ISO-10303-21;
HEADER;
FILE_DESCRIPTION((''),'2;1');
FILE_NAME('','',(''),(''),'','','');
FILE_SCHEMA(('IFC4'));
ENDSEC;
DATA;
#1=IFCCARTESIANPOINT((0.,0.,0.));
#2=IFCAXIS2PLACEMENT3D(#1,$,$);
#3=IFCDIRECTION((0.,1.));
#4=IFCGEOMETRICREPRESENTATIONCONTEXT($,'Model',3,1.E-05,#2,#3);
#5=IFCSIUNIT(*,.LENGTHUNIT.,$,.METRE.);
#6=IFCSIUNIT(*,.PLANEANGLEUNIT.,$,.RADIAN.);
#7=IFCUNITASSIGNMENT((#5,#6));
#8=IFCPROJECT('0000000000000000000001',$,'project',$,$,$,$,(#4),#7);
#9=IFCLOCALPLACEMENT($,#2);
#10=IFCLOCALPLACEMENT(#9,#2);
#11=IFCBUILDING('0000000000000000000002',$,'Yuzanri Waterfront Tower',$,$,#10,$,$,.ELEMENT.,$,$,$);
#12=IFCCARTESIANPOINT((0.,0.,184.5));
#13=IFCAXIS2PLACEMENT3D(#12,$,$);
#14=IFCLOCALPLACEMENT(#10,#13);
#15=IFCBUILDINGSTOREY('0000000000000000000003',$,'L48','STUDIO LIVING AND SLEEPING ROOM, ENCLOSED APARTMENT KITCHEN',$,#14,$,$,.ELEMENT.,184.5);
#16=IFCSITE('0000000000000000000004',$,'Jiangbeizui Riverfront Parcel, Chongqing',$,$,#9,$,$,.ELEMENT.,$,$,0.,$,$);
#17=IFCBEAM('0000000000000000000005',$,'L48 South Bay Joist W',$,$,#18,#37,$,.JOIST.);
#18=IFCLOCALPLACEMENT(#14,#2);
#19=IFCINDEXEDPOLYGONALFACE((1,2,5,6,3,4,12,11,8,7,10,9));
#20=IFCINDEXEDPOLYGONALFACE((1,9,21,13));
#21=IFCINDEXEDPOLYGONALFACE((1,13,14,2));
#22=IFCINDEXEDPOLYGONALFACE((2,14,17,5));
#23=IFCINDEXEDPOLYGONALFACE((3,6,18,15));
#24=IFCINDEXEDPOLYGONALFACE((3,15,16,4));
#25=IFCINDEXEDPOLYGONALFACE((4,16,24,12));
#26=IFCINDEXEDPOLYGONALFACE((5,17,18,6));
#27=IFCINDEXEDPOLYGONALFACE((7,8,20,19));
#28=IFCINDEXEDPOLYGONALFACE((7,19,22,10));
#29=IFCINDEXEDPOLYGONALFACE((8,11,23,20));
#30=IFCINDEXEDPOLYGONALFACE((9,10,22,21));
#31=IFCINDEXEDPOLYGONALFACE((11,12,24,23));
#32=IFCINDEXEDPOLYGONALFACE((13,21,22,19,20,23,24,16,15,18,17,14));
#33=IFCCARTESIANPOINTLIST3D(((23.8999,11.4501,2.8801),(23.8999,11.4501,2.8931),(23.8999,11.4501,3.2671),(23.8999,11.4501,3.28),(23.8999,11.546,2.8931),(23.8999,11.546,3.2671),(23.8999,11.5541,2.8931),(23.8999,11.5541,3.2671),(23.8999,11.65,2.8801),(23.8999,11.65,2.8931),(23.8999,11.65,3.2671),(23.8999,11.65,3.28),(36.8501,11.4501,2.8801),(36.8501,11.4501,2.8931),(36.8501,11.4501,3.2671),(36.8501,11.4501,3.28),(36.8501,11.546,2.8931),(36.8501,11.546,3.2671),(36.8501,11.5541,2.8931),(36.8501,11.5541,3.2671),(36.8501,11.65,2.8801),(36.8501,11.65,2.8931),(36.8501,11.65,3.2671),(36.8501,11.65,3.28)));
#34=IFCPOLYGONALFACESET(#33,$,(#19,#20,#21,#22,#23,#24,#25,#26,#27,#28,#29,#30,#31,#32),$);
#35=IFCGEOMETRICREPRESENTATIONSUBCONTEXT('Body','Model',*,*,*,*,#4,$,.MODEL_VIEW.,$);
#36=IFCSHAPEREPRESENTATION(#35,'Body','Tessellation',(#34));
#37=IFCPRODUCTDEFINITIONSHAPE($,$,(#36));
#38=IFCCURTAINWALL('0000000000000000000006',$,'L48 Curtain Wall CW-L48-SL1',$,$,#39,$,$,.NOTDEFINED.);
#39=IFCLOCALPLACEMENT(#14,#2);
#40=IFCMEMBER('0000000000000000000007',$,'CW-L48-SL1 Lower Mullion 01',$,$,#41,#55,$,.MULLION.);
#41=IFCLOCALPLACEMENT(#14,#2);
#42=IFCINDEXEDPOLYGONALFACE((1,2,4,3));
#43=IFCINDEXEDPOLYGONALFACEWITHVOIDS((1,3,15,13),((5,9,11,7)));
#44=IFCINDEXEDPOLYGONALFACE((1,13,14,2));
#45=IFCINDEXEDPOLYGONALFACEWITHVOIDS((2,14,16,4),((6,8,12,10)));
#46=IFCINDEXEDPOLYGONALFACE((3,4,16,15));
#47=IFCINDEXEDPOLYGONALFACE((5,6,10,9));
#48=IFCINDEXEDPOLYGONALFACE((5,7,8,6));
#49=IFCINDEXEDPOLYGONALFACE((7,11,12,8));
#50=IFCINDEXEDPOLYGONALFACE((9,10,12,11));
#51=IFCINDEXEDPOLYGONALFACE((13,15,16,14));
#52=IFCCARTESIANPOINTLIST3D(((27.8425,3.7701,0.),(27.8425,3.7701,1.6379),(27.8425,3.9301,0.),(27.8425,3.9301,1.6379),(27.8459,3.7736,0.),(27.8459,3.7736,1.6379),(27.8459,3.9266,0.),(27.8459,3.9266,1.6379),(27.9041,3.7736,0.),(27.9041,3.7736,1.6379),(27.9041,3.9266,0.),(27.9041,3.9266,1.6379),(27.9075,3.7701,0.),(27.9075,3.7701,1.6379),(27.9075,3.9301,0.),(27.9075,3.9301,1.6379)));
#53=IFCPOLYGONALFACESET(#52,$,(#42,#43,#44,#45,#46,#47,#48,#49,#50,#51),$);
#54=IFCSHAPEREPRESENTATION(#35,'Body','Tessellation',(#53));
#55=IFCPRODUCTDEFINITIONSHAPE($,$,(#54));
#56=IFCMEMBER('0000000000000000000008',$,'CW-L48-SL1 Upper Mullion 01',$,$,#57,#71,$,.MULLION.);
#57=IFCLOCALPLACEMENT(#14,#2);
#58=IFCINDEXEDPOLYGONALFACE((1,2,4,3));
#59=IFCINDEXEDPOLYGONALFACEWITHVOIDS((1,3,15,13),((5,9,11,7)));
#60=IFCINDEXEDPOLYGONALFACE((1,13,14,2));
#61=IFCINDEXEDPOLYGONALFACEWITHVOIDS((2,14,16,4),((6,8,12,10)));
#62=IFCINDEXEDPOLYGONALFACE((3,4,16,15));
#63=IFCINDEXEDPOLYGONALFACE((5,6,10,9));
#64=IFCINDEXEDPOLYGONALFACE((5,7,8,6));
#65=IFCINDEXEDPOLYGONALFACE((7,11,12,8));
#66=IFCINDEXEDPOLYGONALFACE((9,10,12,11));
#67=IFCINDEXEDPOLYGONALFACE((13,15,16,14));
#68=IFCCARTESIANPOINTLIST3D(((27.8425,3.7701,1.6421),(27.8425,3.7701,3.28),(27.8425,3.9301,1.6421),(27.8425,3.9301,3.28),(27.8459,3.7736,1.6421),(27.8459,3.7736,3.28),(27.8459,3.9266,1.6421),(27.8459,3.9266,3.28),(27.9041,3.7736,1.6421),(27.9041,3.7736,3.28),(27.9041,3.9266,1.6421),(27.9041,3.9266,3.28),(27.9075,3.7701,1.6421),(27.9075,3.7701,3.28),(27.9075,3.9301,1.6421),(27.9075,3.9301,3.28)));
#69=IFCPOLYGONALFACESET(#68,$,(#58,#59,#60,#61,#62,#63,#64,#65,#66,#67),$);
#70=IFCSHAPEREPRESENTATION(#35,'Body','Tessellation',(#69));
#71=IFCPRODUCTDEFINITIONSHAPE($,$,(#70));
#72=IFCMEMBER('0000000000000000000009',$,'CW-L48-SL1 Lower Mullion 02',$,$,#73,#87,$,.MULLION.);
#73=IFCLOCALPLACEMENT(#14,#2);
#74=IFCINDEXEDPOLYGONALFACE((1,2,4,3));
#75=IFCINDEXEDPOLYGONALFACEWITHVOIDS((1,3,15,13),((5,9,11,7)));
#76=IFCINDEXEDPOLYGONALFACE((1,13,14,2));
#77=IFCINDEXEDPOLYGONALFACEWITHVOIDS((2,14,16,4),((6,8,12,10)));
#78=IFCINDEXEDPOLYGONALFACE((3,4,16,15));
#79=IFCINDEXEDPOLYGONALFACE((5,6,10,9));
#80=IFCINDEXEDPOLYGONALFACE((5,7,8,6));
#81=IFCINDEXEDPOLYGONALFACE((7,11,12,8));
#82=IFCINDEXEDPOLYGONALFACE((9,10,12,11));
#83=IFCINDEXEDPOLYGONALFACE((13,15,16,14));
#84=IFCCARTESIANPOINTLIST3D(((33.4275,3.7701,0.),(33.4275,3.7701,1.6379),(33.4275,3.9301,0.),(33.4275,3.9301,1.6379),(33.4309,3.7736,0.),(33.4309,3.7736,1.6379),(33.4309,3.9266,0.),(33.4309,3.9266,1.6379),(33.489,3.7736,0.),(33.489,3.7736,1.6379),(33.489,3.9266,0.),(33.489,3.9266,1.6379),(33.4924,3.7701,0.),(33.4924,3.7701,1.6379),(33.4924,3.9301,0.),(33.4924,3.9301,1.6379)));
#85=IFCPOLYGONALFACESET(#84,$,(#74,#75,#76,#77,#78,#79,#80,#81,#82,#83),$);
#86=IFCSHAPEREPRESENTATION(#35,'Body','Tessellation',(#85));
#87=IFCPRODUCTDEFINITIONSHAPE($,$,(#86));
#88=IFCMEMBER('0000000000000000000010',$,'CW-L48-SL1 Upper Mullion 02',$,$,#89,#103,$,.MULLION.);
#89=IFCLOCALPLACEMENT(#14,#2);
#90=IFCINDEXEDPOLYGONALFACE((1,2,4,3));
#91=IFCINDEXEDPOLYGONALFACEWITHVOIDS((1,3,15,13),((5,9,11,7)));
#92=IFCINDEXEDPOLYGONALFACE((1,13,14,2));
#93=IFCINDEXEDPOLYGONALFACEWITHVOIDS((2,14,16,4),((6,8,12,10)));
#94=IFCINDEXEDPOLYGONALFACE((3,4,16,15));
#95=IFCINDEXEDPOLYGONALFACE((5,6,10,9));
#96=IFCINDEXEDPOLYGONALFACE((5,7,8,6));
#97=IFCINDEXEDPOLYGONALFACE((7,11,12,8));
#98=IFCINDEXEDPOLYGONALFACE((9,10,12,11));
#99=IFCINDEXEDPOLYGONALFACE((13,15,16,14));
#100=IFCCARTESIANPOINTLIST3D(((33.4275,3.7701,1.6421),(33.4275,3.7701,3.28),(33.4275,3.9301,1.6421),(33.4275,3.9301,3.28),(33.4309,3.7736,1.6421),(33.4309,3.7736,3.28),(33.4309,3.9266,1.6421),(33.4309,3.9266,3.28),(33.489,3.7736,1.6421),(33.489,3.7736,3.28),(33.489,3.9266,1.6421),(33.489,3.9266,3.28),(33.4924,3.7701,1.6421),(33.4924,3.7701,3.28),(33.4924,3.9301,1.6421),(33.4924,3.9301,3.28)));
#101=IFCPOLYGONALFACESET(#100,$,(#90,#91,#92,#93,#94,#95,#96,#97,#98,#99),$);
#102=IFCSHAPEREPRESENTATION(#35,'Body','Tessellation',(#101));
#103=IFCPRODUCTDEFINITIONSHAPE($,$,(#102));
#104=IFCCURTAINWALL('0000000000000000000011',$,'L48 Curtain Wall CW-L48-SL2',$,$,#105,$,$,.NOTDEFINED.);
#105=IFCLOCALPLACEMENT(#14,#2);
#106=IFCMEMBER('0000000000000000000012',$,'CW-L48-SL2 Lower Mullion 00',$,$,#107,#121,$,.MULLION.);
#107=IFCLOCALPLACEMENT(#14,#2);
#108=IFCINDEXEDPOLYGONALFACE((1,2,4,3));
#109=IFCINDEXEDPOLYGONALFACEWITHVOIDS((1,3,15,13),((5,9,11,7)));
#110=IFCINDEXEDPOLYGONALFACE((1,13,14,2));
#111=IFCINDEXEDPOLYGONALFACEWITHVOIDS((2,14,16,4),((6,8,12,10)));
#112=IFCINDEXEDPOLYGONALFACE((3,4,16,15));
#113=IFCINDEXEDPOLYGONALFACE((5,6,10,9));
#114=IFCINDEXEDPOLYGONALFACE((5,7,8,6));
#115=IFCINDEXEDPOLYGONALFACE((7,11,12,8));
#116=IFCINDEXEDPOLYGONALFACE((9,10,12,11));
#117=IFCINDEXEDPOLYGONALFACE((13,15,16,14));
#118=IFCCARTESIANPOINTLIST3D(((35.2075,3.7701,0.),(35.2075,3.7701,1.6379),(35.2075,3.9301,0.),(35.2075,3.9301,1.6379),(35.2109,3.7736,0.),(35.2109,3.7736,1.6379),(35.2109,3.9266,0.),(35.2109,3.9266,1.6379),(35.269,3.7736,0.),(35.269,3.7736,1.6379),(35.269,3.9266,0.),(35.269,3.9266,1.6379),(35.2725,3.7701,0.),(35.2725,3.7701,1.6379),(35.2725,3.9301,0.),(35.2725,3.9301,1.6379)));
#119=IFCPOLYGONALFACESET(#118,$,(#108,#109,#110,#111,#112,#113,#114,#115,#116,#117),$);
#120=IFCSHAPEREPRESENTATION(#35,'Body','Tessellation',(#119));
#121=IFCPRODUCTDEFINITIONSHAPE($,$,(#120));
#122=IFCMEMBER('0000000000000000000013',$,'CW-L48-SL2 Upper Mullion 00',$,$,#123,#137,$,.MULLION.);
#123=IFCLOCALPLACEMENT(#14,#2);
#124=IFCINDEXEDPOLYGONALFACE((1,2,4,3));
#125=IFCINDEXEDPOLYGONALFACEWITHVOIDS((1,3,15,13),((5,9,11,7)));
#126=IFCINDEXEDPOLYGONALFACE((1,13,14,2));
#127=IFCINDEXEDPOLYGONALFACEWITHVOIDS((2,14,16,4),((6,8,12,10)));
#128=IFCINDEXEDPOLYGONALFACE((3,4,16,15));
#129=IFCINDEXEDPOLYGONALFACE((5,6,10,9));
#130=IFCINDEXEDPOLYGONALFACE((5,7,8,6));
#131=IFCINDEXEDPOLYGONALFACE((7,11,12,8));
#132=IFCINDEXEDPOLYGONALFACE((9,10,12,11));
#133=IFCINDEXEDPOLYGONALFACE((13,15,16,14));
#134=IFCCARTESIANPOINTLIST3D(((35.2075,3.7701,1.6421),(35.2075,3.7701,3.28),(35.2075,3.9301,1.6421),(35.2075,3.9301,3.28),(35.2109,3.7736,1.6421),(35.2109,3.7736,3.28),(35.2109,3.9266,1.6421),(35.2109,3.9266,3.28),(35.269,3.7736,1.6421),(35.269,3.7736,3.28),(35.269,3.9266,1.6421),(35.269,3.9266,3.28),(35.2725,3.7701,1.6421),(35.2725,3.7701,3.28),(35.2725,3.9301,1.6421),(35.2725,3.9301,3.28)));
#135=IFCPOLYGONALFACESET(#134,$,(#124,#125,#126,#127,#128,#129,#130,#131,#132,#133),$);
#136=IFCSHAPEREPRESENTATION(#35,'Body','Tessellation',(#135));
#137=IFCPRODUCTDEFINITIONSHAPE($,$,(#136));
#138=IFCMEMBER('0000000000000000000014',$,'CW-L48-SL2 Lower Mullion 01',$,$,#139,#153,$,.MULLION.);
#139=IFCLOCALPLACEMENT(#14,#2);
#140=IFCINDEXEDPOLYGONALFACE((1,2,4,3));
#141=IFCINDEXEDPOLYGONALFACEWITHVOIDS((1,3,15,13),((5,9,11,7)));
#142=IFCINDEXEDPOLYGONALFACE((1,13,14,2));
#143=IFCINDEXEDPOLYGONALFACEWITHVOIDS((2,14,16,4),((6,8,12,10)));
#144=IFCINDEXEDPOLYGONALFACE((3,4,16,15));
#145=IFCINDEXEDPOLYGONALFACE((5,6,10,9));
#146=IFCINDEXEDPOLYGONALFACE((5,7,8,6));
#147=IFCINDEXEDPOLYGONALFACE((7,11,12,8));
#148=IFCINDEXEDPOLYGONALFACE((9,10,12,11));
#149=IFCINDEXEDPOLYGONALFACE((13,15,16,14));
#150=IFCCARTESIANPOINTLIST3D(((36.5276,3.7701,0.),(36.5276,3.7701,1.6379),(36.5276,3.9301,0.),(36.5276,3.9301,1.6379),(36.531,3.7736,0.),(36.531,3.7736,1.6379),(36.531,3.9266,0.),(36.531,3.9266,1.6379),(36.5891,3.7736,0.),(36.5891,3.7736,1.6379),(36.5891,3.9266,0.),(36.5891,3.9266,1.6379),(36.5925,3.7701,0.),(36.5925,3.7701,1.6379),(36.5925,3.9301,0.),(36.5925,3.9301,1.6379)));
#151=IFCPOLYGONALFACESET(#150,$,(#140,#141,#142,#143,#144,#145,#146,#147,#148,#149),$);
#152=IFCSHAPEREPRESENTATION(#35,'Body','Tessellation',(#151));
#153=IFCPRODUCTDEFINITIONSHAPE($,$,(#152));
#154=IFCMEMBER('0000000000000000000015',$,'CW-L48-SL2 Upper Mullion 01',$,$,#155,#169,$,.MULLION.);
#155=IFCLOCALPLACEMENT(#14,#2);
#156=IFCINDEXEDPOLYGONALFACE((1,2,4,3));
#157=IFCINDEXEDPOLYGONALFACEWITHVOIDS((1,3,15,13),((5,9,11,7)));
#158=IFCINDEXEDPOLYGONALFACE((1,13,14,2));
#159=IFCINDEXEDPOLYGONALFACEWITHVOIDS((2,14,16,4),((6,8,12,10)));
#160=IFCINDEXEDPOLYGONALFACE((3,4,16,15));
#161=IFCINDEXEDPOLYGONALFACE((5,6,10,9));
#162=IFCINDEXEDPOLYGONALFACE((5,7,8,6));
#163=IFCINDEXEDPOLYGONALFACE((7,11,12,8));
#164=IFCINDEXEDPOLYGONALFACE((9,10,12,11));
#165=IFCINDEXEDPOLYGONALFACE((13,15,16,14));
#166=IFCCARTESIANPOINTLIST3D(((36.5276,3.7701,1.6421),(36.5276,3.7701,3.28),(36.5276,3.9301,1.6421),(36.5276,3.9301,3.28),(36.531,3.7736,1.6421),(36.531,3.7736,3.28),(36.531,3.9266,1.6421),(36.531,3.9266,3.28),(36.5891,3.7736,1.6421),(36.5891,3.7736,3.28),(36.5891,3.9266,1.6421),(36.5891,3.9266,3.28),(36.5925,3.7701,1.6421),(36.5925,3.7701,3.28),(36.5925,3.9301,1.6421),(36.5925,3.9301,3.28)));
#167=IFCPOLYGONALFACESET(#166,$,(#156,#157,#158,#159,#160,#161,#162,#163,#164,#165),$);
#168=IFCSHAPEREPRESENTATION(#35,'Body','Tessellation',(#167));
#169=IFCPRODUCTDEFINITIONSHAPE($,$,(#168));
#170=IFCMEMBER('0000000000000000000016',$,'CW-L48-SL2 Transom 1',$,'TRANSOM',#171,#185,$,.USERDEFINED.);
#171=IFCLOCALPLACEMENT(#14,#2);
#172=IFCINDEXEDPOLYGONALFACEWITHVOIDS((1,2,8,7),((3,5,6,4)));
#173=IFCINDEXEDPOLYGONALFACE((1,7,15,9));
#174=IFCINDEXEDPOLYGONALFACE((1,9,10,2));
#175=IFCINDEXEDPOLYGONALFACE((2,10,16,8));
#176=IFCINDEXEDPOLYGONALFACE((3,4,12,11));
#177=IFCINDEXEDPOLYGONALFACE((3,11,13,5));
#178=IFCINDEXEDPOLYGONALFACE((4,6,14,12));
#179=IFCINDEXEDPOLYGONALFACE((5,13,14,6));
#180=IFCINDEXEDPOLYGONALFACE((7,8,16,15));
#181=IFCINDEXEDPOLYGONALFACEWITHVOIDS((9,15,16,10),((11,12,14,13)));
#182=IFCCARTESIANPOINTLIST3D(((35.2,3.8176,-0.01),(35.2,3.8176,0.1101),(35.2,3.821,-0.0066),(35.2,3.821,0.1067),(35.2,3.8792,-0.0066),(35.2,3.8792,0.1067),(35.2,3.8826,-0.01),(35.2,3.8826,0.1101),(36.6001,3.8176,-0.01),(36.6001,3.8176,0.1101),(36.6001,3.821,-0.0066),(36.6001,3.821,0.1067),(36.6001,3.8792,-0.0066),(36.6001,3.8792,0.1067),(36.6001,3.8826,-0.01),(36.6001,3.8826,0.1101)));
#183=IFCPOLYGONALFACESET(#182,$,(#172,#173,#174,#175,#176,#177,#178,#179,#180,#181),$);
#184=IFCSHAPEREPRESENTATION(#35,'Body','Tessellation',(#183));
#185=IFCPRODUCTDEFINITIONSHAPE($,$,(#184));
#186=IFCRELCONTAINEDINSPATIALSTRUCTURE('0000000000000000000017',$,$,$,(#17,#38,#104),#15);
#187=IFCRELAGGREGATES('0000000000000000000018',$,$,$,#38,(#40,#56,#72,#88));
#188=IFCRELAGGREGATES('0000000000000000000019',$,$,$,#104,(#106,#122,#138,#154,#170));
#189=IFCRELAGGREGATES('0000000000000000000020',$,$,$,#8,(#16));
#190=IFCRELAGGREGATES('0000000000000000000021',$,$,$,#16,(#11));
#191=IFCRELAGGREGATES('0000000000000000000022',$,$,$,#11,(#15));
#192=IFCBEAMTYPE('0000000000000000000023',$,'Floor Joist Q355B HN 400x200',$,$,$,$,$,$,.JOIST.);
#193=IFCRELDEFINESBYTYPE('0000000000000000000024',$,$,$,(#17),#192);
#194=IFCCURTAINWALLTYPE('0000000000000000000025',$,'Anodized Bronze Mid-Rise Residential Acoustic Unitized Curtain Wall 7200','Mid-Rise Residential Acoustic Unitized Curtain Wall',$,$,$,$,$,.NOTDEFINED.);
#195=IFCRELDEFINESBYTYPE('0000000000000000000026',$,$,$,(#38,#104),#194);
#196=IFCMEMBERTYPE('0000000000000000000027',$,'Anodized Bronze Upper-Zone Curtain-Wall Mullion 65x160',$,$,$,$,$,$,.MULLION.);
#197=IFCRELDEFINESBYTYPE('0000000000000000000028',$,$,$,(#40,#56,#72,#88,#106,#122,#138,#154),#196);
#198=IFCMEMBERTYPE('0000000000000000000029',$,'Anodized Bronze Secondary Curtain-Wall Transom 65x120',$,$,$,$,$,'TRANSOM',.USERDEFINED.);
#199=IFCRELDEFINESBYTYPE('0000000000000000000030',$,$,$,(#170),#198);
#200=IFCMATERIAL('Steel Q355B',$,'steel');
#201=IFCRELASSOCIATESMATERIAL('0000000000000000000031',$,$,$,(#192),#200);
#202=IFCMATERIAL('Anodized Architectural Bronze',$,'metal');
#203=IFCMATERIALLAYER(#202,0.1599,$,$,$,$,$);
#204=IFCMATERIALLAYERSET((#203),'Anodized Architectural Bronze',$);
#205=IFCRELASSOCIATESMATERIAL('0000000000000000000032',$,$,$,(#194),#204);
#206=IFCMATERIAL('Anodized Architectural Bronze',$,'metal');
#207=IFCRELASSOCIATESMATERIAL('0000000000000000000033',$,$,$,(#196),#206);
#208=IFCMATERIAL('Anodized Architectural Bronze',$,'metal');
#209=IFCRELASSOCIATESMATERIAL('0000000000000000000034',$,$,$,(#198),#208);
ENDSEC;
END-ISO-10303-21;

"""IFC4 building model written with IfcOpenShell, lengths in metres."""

from ifc_helpers import new_model, si_unit, direction, frame, origin, origin_2d, place, context, subcontext, project, spatial, hollow_rectangle, i_section, extrude, source, transform, mapped, material, layer, layer_set, material_profile, profile_set, type_object, element, aggregate, save


model = new_model("IFC4")

# Units and contexts
model_context = context("Model", 3, precision=1e-05, world=origin(), true_north=direction((0.0, 1.0)))
body_context = subcontext(model_context, "Body", "Model", "MODEL_VIEW")
ifc_project = project(units=[si_unit("LENGTHUNIT", "METRE"), si_unit("PLANEANGLEUNIT", "RADIAN")], contexts=[model_context])

# Site, building, storey
site_placement = place(None, origin())
site = spatial("IfcSite", under=ifc_project, at=site_placement, Name="Jiangbeizui Riverfront Parcel, Chongqing", CompositionType="ELEMENT", RefElevation=0.0)
building_placement = place(site_placement, origin())
building = spatial("IfcBuilding", under=site, at=building_placement, Name="Yuzanri Waterfront Tower", CompositionType="ELEMENT")
storey_placement = place(building_placement, frame((0.0, 0.0, 184.5)))
storey = spatial("IfcBuildingStorey", under=building, at=storey_placement, Name="L48", Description="STUDIO LIVING AND SLEEPING ROOM, ENCLOSED APARTMENT KITCHEN", CompositionType="ELEMENT", Elevation=184.5)

# Beam
ifc_material_1 = material(Name="Steel Q355B", Category="steel")
ifc_material_profile_1 = material_profile(ifc_material_1, i_section(OverallWidth=0.2, OverallDepth=0.3999, WebThickness=0.0081, FlangeThickness=0.0129, at=origin_2d()), Name="HN 400x200x8x13")
ifc_profile_set_1 = profile_set([ifc_material_profile_1], Name="Steel Q355B")
beam_type = type_object("IfcBeamType", Name="Floor Joist Q355B HN 400x200", PredefinedType="JOIST", material=ifc_profile_set_1)
shared_shape_1 = source(origin(), body_context, "Body", "SweptSolid", [
    extrude(i_section(OverallWidth=0.2, OverallDepth=0.3999, WebThickness=0.0081, FlangeThickness=0.0129, at=origin_2d()), origin(), (0.0, 0.0, 1.0), 12.9502),
])
beam_placement = place(storey_placement, frame((23.8999, 11.55, 3.0801), z_axis=(1.0, 0.0, 0.0), x_axis=(0.0, 1.0, 0.0)))
element("IfcBeam", 1, at=beam_placement, inside=storey, type_object=beam_type, Name="L48 South Bay Joist W", PredefinedType="JOIST", context=body_context, shape_type="MappedRepresentation", body=[
    mapped(shared_shape_1, transform((0.0, 0.0, 0.0), scale=1.0)),
])

# Curtain walls, members
ifc_material_2 = material(Name="Anodized Architectural Bronze", Category="metal")
ifc_layer_1 = layer(ifc_material_2, 0.1599)
ifc_layer_set_1 = layer_set([ifc_layer_1], Name="Anodized Architectural Bronze")
curtain_wall_type = type_object("IfcCurtainWallType", Name="Anodized Bronze Mid-Rise Residential Acoustic Unitized Curtain Wall 7200", Description="Mid-Rise Residential Acoustic Unitized Curtain Wall", PredefinedType="NOTDEFINED", material=ifc_layer_set_1)
curtain_wall_1_placement = place(storey_placement, origin())
curtain_wall_1 = element("IfcCurtainWall", 2, at=curtain_wall_1_placement, inside=storey, type_object=curtain_wall_type, Name="L48 Curtain Wall CW-L48-SL1", PredefinedType="NOTDEFINED")
ifc_material_3 = material(Name="Anodized Architectural Bronze", Category="metal")
ifc_material_profile_2 = material_profile(ifc_material_3, hollow_rectangle(XDim=0.0649, YDim=0.1599, WallThickness=0.0034, at=origin_2d()), Name="CWM 65x160")
ifc_profile_set_2 = profile_set([ifc_material_profile_2], Name="Anodized Architectural Bronze")
member_type_1 = type_object("IfcMemberType", Name="Anodized Bronze Upper-Zone Curtain-Wall Mullion 65x160", PredefinedType="MULLION", material=ifc_profile_set_2)
shared_shape_2 = source(origin(), body_context, "Body", "SweptSolid", [
    extrude(hollow_rectangle(XDim=0.0649, YDim=0.1599, WallThickness=0.0034, at=origin_2d()), origin(), (0.0, 0.0, 1.0), 1.6379),
])
member_1_placement = place(storey_placement, frame((27.875, 3.8501, 0.0), z_axis=(0.0, 0.0, 1.0), x_axis=(1.0, 0.0, 0.0)))
member_1 = element("IfcMember", 3, at=member_1_placement, type_object=member_type_1, Name="CW-L48-SL1 Lower Mullion 01", PredefinedType="MULLION", context=body_context, shape_type="MappedRepresentation", body=[
    mapped(shared_shape_2, transform((0.0, 0.0, 0.0), scale=1.0)),
])
member_2_placement = place(storey_placement, frame((27.875, 3.8501, 1.6421), z_axis=(0.0, 0.0, 1.0), x_axis=(1.0, 0.0, 0.0)))
member_2 = element("IfcMember", 4, at=member_2_placement, type_object=member_type_1, Name="CW-L48-SL1 Upper Mullion 01", PredefinedType="MULLION", context=body_context, shape_type="MappedRepresentation", body=[
    mapped(shared_shape_2, transform((0.0, 0.0, 0.0), scale=1.0)),
])
member_3_placement = place(storey_placement, frame((33.46, 3.8501, 0.0), z_axis=(0.0, 0.0, 1.0), x_axis=(1.0, 0.0, 0.0)))
member_3 = element("IfcMember", 5, at=member_3_placement, type_object=member_type_1, Name="CW-L48-SL1 Lower Mullion 02", PredefinedType="MULLION", context=body_context, shape_type="MappedRepresentation", body=[
    mapped(shared_shape_2, transform((0.0, 0.0, 0.0), scale=1.0)),
])
member_4_placement = place(storey_placement, frame((33.46, 3.8501, 1.6421), z_axis=(0.0, 0.0, 1.0), x_axis=(1.0, 0.0, 0.0)))
member_4 = element("IfcMember", 6, at=member_4_placement, type_object=member_type_1, Name="CW-L48-SL1 Upper Mullion 02", PredefinedType="MULLION", context=body_context, shape_type="MappedRepresentation", body=[
    mapped(shared_shape_2, transform((0.0, 0.0, 0.0), scale=1.0)),
])
curtain_wall_2_placement = place(storey_placement, origin())
curtain_wall_2 = element("IfcCurtainWall", 7, at=curtain_wall_2_placement, inside=storey, type_object=curtain_wall_type, Name="L48 Curtain Wall CW-L48-SL2", PredefinedType="NOTDEFINED")
member_5_placement = place(storey_placement, frame((35.24, 3.8501, 0.0), z_axis=(0.0, 0.0, 1.0), x_axis=(1.0, 0.0, 0.0)))
member_5 = element("IfcMember", 8, at=member_5_placement, type_object=member_type_1, Name="CW-L48-SL2 Lower Mullion 00", PredefinedType="MULLION", context=body_context, shape_type="MappedRepresentation", body=[
    mapped(shared_shape_2, transform((0.0, 0.0, 0.0), scale=1.0)),
])
member_6_placement = place(storey_placement, frame((35.24, 3.8501, 1.6421), z_axis=(0.0, 0.0, 1.0), x_axis=(1.0, 0.0, 0.0)))
member_6 = element("IfcMember", 9, at=member_6_placement, type_object=member_type_1, Name="CW-L48-SL2 Upper Mullion 00", PredefinedType="MULLION", context=body_context, shape_type="MappedRepresentation", body=[
    mapped(shared_shape_2, transform((0.0, 0.0, 0.0), scale=1.0)),
])
member_7_placement = place(storey_placement, frame((36.5601, 3.8501, 0.0), z_axis=(0.0, 0.0, 1.0), x_axis=(1.0, 0.0, 0.0)))
member_7 = element("IfcMember", 10, at=member_7_placement, type_object=member_type_1, Name="CW-L48-SL2 Lower Mullion 01", PredefinedType="MULLION", context=body_context, shape_type="MappedRepresentation", body=[
    mapped(shared_shape_2, transform((0.0, 0.0, 0.0), scale=1.0)),
])
member_8_placement = place(storey_placement, frame((36.5601, 3.8501, 1.6421), z_axis=(0.0, 0.0, 1.0), x_axis=(1.0, 0.0, 0.0)))
member_8 = element("IfcMember", 11, at=member_8_placement, type_object=member_type_1, Name="CW-L48-SL2 Upper Mullion 01", PredefinedType="MULLION", context=body_context, shape_type="MappedRepresentation", body=[
    mapped(shared_shape_2, transform((0.0, 0.0, 0.0), scale=1.0)),
])
ifc_material_4 = material(Name="Anodized Architectural Bronze", Category="metal")
ifc_material_profile_3 = material_profile(ifc_material_4, hollow_rectangle(XDim=0.0649, YDim=0.1201, WallThickness=0.0034, at=origin_2d()), Name="CWT 65x120")
ifc_profile_set_3 = profile_set([ifc_material_profile_3], Name="Anodized Architectural Bronze")
member_type_2 = type_object("IfcMemberType", Name="Anodized Bronze Secondary Curtain-Wall Transom 65x120", ElementType="TRANSOM", PredefinedType="USERDEFINED", material=ifc_profile_set_3)
shared_shape_3 = source(origin(), body_context, "Body", "SweptSolid", [
    extrude(hollow_rectangle(XDim=0.0649, YDim=0.1201, WallThickness=0.0034, at=origin_2d()), origin(), (0.0, 0.0, 1.0), 1.4001),
])
member_9_placement = place(storey_placement, frame((35.2, 3.8501, 0.05), z_axis=(1.0, 0.0, 0.0), x_axis=(0.0, 1.0, 0.0)))
member_9 = element("IfcMember", 12, at=member_9_placement, type_object=member_type_2, Name="CW-L48-SL2 Transom 1", ObjectType="TRANSOM", PredefinedType="USERDEFINED", context=body_context, shape_type="MappedRepresentation", body=[
    mapped(shared_shape_3, transform((0.0, 0.0, 0.0), scale=1.0)),
])

aggregate(curtain_wall_1, [member_1, member_2, member_3, member_4])
aggregate(curtain_wall_2, [member_5, member_6, member_7, member_8, member_9])

save(model, "model.ifc")
